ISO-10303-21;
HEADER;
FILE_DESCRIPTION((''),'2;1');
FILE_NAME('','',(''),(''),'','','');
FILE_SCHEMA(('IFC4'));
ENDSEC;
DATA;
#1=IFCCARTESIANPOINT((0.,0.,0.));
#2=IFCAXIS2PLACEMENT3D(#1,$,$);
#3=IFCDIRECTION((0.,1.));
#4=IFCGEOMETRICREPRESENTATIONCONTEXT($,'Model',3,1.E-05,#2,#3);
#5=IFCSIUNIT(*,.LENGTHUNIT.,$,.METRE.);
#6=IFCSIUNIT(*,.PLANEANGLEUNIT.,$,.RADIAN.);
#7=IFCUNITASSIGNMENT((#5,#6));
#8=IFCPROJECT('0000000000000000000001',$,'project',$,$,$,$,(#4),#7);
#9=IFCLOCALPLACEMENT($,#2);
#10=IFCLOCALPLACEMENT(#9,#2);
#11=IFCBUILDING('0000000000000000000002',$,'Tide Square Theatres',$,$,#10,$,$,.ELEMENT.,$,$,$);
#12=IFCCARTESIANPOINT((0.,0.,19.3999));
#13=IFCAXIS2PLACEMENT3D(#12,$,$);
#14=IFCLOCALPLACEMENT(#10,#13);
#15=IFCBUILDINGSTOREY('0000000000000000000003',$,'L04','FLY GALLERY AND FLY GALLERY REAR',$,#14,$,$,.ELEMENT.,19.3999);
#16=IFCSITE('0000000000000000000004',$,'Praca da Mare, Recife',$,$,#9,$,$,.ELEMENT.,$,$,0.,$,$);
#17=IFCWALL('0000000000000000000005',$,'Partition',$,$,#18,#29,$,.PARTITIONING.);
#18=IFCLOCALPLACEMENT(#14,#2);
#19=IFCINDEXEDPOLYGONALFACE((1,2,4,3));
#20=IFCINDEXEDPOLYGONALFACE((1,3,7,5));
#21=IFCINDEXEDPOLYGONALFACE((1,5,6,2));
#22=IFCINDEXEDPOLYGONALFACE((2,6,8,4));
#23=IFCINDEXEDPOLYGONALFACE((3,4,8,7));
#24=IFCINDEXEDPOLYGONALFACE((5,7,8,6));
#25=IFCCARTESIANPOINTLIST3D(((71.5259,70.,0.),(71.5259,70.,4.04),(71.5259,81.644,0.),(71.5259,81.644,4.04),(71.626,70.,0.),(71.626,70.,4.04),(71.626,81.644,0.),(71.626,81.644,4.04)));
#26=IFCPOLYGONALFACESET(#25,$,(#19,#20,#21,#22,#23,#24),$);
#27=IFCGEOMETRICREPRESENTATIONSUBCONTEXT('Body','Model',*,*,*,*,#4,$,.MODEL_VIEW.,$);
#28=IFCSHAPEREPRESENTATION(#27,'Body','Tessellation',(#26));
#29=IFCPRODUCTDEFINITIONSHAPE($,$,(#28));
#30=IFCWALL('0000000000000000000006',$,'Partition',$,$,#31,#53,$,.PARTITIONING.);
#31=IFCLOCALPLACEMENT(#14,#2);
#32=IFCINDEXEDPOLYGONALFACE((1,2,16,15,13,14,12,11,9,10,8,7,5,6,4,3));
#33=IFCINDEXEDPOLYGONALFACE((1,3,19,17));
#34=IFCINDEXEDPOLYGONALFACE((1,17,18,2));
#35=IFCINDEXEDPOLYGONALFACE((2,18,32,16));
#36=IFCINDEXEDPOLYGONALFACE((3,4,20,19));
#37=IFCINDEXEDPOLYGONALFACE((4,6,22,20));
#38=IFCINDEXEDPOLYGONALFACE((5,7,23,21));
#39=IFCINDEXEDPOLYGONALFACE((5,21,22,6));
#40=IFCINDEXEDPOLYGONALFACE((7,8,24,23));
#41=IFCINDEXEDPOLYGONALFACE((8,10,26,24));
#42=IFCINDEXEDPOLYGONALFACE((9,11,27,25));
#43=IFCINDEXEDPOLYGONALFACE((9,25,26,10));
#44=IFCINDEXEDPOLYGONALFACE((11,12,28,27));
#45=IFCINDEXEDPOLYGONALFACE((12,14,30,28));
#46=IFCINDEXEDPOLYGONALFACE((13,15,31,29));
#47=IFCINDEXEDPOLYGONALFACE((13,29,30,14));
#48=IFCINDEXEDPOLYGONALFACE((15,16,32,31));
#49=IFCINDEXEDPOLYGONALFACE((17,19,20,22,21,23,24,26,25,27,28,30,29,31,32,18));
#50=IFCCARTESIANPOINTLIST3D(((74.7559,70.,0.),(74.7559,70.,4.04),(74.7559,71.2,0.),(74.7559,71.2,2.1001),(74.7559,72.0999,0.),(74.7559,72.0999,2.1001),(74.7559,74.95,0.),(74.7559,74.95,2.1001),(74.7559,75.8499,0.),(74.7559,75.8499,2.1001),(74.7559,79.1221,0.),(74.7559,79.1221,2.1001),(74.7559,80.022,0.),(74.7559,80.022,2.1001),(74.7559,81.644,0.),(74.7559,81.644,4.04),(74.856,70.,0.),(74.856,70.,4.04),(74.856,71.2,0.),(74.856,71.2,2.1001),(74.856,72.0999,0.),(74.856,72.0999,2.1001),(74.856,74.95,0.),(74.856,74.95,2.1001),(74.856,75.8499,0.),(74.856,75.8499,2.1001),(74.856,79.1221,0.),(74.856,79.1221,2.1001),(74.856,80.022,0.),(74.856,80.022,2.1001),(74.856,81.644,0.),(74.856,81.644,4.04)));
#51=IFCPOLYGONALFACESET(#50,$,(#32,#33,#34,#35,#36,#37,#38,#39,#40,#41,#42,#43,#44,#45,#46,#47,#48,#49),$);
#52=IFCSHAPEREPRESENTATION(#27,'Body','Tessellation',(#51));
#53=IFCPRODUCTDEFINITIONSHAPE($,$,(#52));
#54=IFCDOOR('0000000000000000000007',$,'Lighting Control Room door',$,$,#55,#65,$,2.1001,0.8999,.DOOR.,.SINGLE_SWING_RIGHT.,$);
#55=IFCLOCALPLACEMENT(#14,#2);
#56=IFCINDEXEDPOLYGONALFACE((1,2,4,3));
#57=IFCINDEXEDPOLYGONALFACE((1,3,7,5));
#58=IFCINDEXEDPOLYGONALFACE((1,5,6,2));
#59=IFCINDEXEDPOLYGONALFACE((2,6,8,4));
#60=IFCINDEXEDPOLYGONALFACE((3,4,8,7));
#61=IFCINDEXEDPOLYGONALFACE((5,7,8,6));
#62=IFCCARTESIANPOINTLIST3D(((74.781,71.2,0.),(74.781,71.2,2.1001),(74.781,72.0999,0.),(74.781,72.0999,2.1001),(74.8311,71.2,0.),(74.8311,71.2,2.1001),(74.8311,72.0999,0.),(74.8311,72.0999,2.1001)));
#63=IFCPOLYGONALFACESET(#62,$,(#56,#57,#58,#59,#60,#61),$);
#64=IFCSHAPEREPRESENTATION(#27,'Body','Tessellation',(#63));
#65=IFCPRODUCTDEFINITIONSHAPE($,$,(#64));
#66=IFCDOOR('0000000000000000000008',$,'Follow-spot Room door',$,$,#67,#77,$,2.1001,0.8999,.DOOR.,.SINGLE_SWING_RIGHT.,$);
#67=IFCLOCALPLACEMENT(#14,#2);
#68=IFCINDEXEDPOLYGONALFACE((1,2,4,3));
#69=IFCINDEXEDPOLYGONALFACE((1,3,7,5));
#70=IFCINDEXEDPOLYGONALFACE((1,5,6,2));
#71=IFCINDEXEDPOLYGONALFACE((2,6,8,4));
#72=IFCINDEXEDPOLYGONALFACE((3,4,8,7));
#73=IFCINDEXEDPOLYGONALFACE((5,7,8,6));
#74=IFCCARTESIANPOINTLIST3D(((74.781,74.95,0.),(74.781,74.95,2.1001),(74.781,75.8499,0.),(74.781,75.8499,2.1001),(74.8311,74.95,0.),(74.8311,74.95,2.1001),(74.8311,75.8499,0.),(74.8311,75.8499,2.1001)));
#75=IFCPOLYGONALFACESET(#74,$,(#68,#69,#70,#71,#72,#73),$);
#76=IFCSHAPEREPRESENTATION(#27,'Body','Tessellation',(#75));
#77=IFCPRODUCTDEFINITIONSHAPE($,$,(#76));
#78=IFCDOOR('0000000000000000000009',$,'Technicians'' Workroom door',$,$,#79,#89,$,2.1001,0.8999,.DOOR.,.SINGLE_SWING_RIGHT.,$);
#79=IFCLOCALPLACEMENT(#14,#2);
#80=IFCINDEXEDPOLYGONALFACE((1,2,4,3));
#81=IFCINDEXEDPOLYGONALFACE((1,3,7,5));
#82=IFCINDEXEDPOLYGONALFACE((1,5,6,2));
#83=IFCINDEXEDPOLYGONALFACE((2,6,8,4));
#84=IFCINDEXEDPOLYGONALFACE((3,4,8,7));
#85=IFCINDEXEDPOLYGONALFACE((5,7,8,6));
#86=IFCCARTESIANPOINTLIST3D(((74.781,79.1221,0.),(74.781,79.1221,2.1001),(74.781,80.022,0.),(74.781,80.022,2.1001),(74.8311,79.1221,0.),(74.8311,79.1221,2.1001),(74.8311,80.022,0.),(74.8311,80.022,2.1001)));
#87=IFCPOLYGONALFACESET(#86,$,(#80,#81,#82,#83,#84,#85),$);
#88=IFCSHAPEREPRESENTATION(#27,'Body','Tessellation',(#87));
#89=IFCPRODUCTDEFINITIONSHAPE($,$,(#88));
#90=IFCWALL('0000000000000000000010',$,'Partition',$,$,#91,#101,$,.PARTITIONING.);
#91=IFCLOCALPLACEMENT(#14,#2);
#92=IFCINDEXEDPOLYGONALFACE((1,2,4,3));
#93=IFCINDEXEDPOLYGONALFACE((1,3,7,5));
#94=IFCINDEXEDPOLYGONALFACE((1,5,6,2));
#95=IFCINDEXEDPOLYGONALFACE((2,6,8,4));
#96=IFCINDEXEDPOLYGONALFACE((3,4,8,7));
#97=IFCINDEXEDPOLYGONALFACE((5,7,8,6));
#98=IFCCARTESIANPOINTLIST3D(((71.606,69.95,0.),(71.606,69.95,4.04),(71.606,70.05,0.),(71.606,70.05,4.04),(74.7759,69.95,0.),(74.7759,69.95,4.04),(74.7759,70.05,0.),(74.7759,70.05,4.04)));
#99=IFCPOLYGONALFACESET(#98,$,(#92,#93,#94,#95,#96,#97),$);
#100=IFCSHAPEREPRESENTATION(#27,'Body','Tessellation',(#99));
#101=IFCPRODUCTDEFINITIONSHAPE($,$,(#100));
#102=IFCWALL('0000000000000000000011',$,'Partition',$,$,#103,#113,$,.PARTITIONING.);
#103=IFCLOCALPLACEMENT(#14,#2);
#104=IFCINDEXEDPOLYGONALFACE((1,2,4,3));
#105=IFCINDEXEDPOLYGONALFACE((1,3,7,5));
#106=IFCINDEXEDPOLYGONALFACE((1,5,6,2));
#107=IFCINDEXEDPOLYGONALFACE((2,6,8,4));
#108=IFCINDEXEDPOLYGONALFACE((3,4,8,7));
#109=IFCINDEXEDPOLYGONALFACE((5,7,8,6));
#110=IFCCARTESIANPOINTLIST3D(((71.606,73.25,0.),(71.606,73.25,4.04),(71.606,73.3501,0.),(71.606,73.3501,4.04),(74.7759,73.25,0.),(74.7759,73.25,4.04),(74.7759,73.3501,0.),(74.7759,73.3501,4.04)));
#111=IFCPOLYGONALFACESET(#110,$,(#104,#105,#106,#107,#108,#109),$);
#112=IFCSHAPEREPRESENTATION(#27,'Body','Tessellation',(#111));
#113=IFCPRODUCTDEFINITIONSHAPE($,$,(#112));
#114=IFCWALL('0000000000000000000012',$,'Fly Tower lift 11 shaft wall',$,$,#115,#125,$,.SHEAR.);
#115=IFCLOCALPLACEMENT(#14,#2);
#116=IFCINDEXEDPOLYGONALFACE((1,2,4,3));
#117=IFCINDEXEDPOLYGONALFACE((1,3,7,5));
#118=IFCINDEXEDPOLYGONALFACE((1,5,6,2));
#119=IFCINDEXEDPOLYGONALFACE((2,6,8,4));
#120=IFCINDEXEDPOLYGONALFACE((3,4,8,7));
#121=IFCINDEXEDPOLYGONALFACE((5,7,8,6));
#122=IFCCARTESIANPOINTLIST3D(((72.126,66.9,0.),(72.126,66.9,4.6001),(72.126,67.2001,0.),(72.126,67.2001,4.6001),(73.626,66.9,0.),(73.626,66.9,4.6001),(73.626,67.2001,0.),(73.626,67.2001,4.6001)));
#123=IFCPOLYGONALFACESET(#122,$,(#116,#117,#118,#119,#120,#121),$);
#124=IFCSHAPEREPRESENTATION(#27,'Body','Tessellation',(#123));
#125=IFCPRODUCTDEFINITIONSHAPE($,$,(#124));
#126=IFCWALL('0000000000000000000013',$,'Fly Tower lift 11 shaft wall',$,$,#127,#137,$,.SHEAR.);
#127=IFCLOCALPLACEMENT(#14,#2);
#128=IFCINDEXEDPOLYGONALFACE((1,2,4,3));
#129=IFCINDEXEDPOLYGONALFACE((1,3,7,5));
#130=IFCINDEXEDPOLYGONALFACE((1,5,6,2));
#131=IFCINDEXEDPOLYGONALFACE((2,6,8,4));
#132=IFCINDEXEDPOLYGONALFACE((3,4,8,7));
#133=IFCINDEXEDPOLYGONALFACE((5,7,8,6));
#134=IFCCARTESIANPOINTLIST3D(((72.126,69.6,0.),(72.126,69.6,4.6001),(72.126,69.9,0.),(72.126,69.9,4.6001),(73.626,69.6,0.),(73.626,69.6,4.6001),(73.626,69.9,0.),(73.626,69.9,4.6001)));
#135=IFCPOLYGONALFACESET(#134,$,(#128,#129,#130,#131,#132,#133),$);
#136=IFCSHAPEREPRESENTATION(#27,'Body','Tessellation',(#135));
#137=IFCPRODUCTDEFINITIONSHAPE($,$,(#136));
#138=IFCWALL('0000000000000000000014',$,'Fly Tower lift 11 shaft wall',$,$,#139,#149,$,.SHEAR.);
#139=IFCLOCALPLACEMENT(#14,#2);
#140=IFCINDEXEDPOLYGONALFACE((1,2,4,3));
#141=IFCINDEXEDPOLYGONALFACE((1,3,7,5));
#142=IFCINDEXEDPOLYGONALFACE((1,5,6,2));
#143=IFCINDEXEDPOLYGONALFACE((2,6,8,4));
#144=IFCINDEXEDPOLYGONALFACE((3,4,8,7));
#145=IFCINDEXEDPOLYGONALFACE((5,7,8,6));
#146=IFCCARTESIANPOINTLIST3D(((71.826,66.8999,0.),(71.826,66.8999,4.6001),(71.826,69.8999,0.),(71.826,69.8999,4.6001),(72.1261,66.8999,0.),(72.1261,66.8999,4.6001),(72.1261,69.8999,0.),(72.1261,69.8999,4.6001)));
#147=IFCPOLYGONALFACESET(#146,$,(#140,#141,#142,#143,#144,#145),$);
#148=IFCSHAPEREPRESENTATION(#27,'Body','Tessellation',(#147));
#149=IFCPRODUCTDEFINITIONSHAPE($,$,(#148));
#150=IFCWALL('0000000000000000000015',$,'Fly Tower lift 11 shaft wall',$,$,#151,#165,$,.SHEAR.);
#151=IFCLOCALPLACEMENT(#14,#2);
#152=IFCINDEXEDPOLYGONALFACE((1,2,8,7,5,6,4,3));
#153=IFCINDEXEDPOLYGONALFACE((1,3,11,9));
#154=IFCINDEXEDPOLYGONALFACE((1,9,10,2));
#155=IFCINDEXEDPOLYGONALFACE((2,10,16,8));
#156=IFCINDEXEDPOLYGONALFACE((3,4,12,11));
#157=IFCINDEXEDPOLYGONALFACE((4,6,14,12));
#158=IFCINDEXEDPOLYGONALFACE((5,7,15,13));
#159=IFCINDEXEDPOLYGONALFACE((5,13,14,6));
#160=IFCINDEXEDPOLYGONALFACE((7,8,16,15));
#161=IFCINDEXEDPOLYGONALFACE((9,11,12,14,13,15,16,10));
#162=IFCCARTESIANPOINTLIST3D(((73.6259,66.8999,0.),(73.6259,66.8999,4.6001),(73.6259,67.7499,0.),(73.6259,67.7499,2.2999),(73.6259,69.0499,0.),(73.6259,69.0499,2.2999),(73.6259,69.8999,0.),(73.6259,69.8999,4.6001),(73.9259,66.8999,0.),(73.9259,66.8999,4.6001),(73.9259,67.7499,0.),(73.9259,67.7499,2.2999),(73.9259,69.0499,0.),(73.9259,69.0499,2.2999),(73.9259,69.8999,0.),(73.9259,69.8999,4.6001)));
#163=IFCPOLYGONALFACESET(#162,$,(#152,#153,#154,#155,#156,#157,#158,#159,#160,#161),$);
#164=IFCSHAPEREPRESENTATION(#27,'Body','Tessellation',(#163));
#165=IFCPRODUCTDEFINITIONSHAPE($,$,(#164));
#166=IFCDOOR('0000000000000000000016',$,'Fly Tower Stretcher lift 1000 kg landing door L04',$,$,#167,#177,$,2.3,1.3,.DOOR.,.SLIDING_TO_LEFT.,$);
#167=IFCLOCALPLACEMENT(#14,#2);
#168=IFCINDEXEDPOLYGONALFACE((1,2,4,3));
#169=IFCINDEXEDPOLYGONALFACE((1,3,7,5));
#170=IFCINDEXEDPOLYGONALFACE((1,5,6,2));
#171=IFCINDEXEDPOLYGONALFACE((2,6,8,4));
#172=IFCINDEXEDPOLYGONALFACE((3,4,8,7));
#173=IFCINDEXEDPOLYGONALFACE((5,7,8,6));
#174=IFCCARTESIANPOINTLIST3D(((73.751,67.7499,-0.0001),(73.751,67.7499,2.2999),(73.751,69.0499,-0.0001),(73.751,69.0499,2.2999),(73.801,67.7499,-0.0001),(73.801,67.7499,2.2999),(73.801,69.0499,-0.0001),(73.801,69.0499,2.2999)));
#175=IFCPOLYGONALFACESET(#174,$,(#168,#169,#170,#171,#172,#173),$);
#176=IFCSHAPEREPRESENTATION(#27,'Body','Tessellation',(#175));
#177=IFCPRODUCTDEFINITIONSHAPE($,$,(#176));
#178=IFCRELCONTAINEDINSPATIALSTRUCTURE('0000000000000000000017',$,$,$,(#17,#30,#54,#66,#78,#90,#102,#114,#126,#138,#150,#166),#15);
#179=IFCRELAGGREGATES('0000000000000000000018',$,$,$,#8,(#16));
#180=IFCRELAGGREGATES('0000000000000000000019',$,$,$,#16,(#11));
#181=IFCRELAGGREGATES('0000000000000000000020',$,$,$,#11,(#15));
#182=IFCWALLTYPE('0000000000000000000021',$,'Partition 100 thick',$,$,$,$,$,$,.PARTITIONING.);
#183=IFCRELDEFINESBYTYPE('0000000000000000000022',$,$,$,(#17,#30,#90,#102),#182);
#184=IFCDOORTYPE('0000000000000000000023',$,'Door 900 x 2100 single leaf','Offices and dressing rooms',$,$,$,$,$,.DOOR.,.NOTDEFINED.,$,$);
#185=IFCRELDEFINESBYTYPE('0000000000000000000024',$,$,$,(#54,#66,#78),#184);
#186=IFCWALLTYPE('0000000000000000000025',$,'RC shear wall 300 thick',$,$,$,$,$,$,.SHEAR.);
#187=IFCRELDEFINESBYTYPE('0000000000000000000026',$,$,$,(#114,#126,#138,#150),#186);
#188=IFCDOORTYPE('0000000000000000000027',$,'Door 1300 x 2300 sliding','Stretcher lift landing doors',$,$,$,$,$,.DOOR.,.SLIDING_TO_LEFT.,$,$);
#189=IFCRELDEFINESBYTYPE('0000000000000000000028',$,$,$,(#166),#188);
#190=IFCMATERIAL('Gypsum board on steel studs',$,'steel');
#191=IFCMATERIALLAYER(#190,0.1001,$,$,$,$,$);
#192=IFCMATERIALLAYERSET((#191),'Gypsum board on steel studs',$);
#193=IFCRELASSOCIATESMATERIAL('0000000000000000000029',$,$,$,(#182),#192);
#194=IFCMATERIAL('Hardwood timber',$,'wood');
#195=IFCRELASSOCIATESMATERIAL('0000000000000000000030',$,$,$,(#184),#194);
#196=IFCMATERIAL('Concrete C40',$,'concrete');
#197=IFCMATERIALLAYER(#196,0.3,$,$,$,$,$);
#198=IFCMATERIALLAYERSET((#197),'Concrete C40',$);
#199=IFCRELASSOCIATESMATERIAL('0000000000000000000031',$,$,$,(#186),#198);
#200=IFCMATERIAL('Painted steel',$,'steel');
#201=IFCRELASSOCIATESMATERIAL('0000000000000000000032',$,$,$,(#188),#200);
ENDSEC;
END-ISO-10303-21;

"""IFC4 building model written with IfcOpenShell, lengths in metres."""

from ifc_helpers import new_model, si_unit, direction, frame, frame_2d, origin, place, context, subcontext, project, spatial, rectangle, extrude, material, layer, layer_set, type_object, element, fill, save


model = new_model("IFC4")

# Units and contexts
model_context = context("Model", 3, precision=1e-05, world=origin(), true_north=direction((0.0, 1.0)))
body_context = subcontext(model_context, "Body", "Model", "MODEL_VIEW")
ifc_project = project(units=[si_unit("LENGTHUNIT", "METRE"), si_unit("PLANEANGLEUNIT", "RADIAN")], contexts=[model_context])

# Site, building, storey
site_placement = place(None, origin())
site = spatial("IfcSite", under=ifc_project, at=site_placement, Name="Praca da Mare, Recife", CompositionType="ELEMENT", RefElevation=0.0)
building_placement = place(site_placement, origin())
building = spatial("IfcBuilding", under=site, at=building_placement, Name="Tide Square Theatres", CompositionType="ELEMENT")
storey_placement = place(building_placement, frame((0.0, 0.0, 19.3999)))
storey = spatial("IfcBuildingStorey", under=building, at=storey_placement, Name="L04", Description="FLY GALLERY AND FLY GALLERY REAR", CompositionType="ELEMENT", Elevation=19.3999)

# Wall
ifc_material_1 = material(Name="Gypsum board on steel studs", Category="steel")
ifc_layer_1 = layer(ifc_material_1, 0.1001)
ifc_layer_set_1 = layer_set([ifc_layer_1], Name="Gypsum board on steel studs")
wall_type_1 = type_object("IfcWallType", Name="Partition 100 thick", PredefinedType="PARTITIONING", material=ifc_layer_set_1)
wall_1_placement = place(storey_placement, frame((71.5759, 70.0, 0.0), z_axis=(0.0, 0.0, 1.0), x_axis=(0.0, 1.0, 0.0)))
element("IfcWall", 1, at=wall_1_placement, inside=storey, type_object=wall_type_1, Name="Partition", PredefinedType="PARTITIONING", context=body_context, shape_type="SweptSolid", body=[
    extrude(rectangle(XDim=11.644, YDim=0.1001, at=frame_2d((5.822, 0.0))), origin(), (0.0, 0.0, 1.0), 4.04),
])

# Wall, openings, doors
wall_2_placement = place(storey_placement, frame((74.8059, 70.0, 0.0), z_axis=(0.0, 0.0, 1.0), x_axis=(0.0, 1.0, 0.0)))
wall_2 = element("IfcWall", 2, at=wall_2_placement, inside=storey, type_object=wall_type_1, Name="Partition", PredefinedType="PARTITIONING", context=body_context, shape_type="SweptSolid", body=[
    extrude(rectangle(XDim=11.644, YDim=0.1001, at=frame_2d((5.822, 0.0))), origin(), (0.0, 0.0, 1.0), 4.04),
])
opening_1_placement = place(wall_2_placement, frame((1.2, 0.0, 0.0)))
opening_1 = element("IfcOpeningElement", 3, at=opening_1_placement, cuts=wall_2, PredefinedType="OPENING", context=body_context, shape_type="SweptSolid", body=[
    extrude(rectangle(XDim=0.8999, YDim=2.1001, at=frame_2d((0.45, 1.05))), frame((0.0, 0.0601, 0.0), z_axis=(0.0, -1.0, 0.0), x_axis=(1.0, 0.0, 0.0)), (0.0, 0.0, 1.0), 0.1201),
])
opening_2_placement = place(wall_2_placement, frame((4.95, 0.0, 0.0)))
opening_2 = element("IfcOpeningElement", 4, at=opening_2_placement, cuts=wall_2, PredefinedType="OPENING", context=body_context, shape_type="SweptSolid", body=[
    extrude(rectangle(XDim=0.8999, YDim=2.1001, at=frame_2d((0.45, 1.05))), frame((0.0, 0.0601, 0.0), z_axis=(0.0, -1.0, 0.0), x_axis=(1.0, 0.0, 0.0)), (0.0, 0.0, 1.0), 0.1201),
])
opening_3_placement = place(wall_2_placement, frame((9.1221, 0.0, 0.0)))
opening_3 = element("IfcOpeningElement", 5, at=opening_3_placement, cuts=wall_2, PredefinedType="OPENING", context=body_context, shape_type="SweptSolid", body=[
    extrude(rectangle(XDim=0.8999, YDim=2.1001, at=frame_2d((0.45, 1.05))), frame((0.0, 0.0601, 0.0), z_axis=(0.0, -1.0, 0.0), x_axis=(1.0, 0.0, 0.0)), (0.0, 0.0, 1.0), 0.1201),
])
ifc_material_2 = material(Name="Hardwood timber", Category="wood")
door_type_1 = type_object("IfcDoorType", Name="Door 900 x 2100 single leaf", Description="Offices and dressing rooms", OperationType="NOTDEFINED", PredefinedType="DOOR", material=ifc_material_2)
door_1_placement = place(opening_1_placement, origin())
door_1 = element("IfcDoor", 6, at=door_1_placement, inside=storey, type_object=door_type_1, Name="Lighting Control Room door", OperationType="SINGLE_SWING_RIGHT", OverallHeight=2.1001, OverallWidth=0.8999, PredefinedType="DOOR", context=body_context, shape_type="SweptSolid", body=[
    extrude(rectangle(XDim=0.8999, YDim=2.1001, at=frame_2d((0.45, 1.05))), frame((0.0, 0.0249, 0.0), z_axis=(0.0, -1.0, 0.0), x_axis=(1.0, 0.0, 0.0)), (0.0, 0.0, 1.0), 0.05),
])
fill(opening_1, door_1)
door_2_placement = place(opening_2_placement, origin())
door_2 = element("IfcDoor", 7, at=door_2_placement, inside=storey, type_object=door_type_1, Name="Follow-spot Room door", OperationType="SINGLE_SWING_RIGHT", OverallHeight=2.1001, OverallWidth=0.8999, PredefinedType="DOOR", context=body_context, shape_type="SweptSolid", body=[
    extrude(rectangle(XDim=0.8999, YDim=2.1001, at=frame_2d((0.45, 1.05))), frame((0.0, 0.0249, 0.0), z_axis=(0.0, -1.0, 0.0), x_axis=(1.0, 0.0, 0.0)), (0.0, 0.0, 1.0), 0.05),
])
fill(opening_2, door_2)
door_3_placement = place(opening_3_placement, origin())
door_3 = element("IfcDoor", 8, at=door_3_placement, inside=storey, type_object=door_type_1, Name="Technicians' Workroom door", OperationType="SINGLE_SWING_RIGHT", OverallHeight=2.1001, OverallWidth=0.8999, PredefinedType="DOOR", context=body_context, shape_type="SweptSolid", body=[
    extrude(rectangle(XDim=0.8999, YDim=2.1001, at=frame_2d((0.45, 1.05))), frame((0.0, 0.0249, 0.0), z_axis=(0.0, -1.0, 0.0), x_axis=(1.0, 0.0, 0.0)), (0.0, 0.0, 1.0), 0.05),
])
fill(opening_3, door_3)

# Walls
for number, where, z_axis, x_axis, name in (
    (9, (71.606, 70.0, 0.0), (0.0, 0.0, 1.0), (1.0, 0.0, 0.0), "Partition"),
    (10, (71.606, 73.3, 0.0), (0.0, 0.0, 1.0), (1.0, 0.0, 0.0), "Partition"),
):
    element("IfcWall", number, at=place(storey_placement, frame(where, z_axis=z_axis, x_axis=x_axis)), inside=storey, type_object=wall_type_1, Name=name, PredefinedType="PARTITIONING", context=body_context, shape_type="SweptSolid", body=[
        extrude(rectangle(XDim=3.1699, YDim=0.1001, at=frame_2d((1.585, 0.0))), origin(), (0.0, 0.0, 1.0), 4.04),
    ])
ifc_material_3 = material(Name="Concrete C40", Category="concrete")
ifc_layer_2 = layer(ifc_material_3, 0.3)
ifc_layer_set_2 = layer_set([ifc_layer_2], Name="Concrete C40")
wall_type_2 = type_object("IfcWallType", Name="RC shear wall 300 thick", PredefinedType="SHEAR", material=ifc_layer_set_2)
for number, where, z_axis, x_axis, name in (
    (11, (72.126, 67.05, 0.0), (0.0, 0.0, 1.0), (1.0, 0.0, 0.0), "Fly Tower lift 11 shaft wall"),
    (12, (73.626, 69.75, 0.0), (0.0, 0.0, 1.0), (-1.0, 0.0, 0.0), "Fly Tower lift 11 shaft wall"),
):
    element("IfcWall", number, at=place(storey_placement, frame(where, z_axis=z_axis, x_axis=x_axis)), inside=storey, type_object=wall_type_2, Name=name, PredefinedType="SHEAR", context=body_context, shape_type="SweptSolid", body=[
        extrude(rectangle(XDim=1.5, YDim=0.3, at=frame_2d((0.75, 0.0))), origin(), (0.0, 0.0, 1.0), 4.6001),
    ])
wall_3_placement = place(storey_placement, frame((71.9761, 66.8999, 0.0), z_axis=(0.0, 0.0, 1.0), x_axis=(0.0, 1.0, 0.0)))
element("IfcWall", 13, at=wall_3_placement, inside=storey, type_object=wall_type_2, Name="Fly Tower lift 11 shaft wall", PredefinedType="SHEAR", context=body_context, shape_type="SweptSolid", body=[
    extrude(rectangle(XDim=3.0, YDim=0.3, at=frame_2d((1.5, 0.0))), origin(), (0.0, 0.0, 1.0), 4.6001),
])

# Wall, opening, door
wall_4_placement = place(storey_placement, frame((73.7759, 66.8999, 0.0), z_axis=(0.0, 0.0, 1.0), x_axis=(0.0, 1.0, 0.0)))
wall_4 = element("IfcWall", 14, at=wall_4_placement, inside=storey, type_object=wall_type_2, Name="Fly Tower lift 11 shaft wall", PredefinedType="SHEAR", context=body_context, shape_type="SweptSolid", body=[
    extrude(rectangle(XDim=3.0, YDim=0.3, at=frame_2d((1.5, 0.0))), origin(), (0.0, 0.0, 1.0), 4.6001),
])
opening_4_placement = place(wall_4_placement, frame((0.8501, 0.0, 0.0)))
opening_4 = element("IfcOpeningElement", 15, at=opening_4_placement, cuts=wall_4, PredefinedType="OPENING", context=body_context, shape_type="SweptSolid", body=[
    extrude(rectangle(XDim=1.3, YDim=2.3, at=frame_2d((0.6499, 1.1499))), frame((0.0, 0.1599, 0.0), z_axis=(0.0, -1.0, 0.0), x_axis=(1.0, 0.0, 0.0)), (0.0, 0.0, 1.0), 0.3201),
])
ifc_material_4 = material(Name="Painted steel", Category="steel")
door_type_2 = type_object("IfcDoorType", Name="Door 1300 x 2300 sliding", Description="Stretcher lift landing doors", OperationType="SLIDING_TO_LEFT", PredefinedType="DOOR", material=ifc_material_4)
door_4_placement = place(opening_4_placement, origin())
door_4 = element("IfcDoor", 16, at=door_4_placement, inside=storey, type_object=door_type_2, Name="Fly Tower Stretcher lift 1000 kg landing door L04", OperationType="SLIDING_TO_LEFT", OverallHeight=2.3, OverallWidth=1.3, PredefinedType="DOOR", context=body_context, shape_type="SweptSolid", body=[
    extrude(rectangle(XDim=1.3, YDim=2.3, at=frame_2d((0.6499, 1.1499))), frame((0.0, 0.0249, 0.0), z_axis=(0.0, -1.0, 0.0), x_axis=(1.0, 0.0, 0.0)), (0.0, 0.0, 1.0), 0.05),
])
fill(opening_4, door_4)

save(model, "model.ifc")
